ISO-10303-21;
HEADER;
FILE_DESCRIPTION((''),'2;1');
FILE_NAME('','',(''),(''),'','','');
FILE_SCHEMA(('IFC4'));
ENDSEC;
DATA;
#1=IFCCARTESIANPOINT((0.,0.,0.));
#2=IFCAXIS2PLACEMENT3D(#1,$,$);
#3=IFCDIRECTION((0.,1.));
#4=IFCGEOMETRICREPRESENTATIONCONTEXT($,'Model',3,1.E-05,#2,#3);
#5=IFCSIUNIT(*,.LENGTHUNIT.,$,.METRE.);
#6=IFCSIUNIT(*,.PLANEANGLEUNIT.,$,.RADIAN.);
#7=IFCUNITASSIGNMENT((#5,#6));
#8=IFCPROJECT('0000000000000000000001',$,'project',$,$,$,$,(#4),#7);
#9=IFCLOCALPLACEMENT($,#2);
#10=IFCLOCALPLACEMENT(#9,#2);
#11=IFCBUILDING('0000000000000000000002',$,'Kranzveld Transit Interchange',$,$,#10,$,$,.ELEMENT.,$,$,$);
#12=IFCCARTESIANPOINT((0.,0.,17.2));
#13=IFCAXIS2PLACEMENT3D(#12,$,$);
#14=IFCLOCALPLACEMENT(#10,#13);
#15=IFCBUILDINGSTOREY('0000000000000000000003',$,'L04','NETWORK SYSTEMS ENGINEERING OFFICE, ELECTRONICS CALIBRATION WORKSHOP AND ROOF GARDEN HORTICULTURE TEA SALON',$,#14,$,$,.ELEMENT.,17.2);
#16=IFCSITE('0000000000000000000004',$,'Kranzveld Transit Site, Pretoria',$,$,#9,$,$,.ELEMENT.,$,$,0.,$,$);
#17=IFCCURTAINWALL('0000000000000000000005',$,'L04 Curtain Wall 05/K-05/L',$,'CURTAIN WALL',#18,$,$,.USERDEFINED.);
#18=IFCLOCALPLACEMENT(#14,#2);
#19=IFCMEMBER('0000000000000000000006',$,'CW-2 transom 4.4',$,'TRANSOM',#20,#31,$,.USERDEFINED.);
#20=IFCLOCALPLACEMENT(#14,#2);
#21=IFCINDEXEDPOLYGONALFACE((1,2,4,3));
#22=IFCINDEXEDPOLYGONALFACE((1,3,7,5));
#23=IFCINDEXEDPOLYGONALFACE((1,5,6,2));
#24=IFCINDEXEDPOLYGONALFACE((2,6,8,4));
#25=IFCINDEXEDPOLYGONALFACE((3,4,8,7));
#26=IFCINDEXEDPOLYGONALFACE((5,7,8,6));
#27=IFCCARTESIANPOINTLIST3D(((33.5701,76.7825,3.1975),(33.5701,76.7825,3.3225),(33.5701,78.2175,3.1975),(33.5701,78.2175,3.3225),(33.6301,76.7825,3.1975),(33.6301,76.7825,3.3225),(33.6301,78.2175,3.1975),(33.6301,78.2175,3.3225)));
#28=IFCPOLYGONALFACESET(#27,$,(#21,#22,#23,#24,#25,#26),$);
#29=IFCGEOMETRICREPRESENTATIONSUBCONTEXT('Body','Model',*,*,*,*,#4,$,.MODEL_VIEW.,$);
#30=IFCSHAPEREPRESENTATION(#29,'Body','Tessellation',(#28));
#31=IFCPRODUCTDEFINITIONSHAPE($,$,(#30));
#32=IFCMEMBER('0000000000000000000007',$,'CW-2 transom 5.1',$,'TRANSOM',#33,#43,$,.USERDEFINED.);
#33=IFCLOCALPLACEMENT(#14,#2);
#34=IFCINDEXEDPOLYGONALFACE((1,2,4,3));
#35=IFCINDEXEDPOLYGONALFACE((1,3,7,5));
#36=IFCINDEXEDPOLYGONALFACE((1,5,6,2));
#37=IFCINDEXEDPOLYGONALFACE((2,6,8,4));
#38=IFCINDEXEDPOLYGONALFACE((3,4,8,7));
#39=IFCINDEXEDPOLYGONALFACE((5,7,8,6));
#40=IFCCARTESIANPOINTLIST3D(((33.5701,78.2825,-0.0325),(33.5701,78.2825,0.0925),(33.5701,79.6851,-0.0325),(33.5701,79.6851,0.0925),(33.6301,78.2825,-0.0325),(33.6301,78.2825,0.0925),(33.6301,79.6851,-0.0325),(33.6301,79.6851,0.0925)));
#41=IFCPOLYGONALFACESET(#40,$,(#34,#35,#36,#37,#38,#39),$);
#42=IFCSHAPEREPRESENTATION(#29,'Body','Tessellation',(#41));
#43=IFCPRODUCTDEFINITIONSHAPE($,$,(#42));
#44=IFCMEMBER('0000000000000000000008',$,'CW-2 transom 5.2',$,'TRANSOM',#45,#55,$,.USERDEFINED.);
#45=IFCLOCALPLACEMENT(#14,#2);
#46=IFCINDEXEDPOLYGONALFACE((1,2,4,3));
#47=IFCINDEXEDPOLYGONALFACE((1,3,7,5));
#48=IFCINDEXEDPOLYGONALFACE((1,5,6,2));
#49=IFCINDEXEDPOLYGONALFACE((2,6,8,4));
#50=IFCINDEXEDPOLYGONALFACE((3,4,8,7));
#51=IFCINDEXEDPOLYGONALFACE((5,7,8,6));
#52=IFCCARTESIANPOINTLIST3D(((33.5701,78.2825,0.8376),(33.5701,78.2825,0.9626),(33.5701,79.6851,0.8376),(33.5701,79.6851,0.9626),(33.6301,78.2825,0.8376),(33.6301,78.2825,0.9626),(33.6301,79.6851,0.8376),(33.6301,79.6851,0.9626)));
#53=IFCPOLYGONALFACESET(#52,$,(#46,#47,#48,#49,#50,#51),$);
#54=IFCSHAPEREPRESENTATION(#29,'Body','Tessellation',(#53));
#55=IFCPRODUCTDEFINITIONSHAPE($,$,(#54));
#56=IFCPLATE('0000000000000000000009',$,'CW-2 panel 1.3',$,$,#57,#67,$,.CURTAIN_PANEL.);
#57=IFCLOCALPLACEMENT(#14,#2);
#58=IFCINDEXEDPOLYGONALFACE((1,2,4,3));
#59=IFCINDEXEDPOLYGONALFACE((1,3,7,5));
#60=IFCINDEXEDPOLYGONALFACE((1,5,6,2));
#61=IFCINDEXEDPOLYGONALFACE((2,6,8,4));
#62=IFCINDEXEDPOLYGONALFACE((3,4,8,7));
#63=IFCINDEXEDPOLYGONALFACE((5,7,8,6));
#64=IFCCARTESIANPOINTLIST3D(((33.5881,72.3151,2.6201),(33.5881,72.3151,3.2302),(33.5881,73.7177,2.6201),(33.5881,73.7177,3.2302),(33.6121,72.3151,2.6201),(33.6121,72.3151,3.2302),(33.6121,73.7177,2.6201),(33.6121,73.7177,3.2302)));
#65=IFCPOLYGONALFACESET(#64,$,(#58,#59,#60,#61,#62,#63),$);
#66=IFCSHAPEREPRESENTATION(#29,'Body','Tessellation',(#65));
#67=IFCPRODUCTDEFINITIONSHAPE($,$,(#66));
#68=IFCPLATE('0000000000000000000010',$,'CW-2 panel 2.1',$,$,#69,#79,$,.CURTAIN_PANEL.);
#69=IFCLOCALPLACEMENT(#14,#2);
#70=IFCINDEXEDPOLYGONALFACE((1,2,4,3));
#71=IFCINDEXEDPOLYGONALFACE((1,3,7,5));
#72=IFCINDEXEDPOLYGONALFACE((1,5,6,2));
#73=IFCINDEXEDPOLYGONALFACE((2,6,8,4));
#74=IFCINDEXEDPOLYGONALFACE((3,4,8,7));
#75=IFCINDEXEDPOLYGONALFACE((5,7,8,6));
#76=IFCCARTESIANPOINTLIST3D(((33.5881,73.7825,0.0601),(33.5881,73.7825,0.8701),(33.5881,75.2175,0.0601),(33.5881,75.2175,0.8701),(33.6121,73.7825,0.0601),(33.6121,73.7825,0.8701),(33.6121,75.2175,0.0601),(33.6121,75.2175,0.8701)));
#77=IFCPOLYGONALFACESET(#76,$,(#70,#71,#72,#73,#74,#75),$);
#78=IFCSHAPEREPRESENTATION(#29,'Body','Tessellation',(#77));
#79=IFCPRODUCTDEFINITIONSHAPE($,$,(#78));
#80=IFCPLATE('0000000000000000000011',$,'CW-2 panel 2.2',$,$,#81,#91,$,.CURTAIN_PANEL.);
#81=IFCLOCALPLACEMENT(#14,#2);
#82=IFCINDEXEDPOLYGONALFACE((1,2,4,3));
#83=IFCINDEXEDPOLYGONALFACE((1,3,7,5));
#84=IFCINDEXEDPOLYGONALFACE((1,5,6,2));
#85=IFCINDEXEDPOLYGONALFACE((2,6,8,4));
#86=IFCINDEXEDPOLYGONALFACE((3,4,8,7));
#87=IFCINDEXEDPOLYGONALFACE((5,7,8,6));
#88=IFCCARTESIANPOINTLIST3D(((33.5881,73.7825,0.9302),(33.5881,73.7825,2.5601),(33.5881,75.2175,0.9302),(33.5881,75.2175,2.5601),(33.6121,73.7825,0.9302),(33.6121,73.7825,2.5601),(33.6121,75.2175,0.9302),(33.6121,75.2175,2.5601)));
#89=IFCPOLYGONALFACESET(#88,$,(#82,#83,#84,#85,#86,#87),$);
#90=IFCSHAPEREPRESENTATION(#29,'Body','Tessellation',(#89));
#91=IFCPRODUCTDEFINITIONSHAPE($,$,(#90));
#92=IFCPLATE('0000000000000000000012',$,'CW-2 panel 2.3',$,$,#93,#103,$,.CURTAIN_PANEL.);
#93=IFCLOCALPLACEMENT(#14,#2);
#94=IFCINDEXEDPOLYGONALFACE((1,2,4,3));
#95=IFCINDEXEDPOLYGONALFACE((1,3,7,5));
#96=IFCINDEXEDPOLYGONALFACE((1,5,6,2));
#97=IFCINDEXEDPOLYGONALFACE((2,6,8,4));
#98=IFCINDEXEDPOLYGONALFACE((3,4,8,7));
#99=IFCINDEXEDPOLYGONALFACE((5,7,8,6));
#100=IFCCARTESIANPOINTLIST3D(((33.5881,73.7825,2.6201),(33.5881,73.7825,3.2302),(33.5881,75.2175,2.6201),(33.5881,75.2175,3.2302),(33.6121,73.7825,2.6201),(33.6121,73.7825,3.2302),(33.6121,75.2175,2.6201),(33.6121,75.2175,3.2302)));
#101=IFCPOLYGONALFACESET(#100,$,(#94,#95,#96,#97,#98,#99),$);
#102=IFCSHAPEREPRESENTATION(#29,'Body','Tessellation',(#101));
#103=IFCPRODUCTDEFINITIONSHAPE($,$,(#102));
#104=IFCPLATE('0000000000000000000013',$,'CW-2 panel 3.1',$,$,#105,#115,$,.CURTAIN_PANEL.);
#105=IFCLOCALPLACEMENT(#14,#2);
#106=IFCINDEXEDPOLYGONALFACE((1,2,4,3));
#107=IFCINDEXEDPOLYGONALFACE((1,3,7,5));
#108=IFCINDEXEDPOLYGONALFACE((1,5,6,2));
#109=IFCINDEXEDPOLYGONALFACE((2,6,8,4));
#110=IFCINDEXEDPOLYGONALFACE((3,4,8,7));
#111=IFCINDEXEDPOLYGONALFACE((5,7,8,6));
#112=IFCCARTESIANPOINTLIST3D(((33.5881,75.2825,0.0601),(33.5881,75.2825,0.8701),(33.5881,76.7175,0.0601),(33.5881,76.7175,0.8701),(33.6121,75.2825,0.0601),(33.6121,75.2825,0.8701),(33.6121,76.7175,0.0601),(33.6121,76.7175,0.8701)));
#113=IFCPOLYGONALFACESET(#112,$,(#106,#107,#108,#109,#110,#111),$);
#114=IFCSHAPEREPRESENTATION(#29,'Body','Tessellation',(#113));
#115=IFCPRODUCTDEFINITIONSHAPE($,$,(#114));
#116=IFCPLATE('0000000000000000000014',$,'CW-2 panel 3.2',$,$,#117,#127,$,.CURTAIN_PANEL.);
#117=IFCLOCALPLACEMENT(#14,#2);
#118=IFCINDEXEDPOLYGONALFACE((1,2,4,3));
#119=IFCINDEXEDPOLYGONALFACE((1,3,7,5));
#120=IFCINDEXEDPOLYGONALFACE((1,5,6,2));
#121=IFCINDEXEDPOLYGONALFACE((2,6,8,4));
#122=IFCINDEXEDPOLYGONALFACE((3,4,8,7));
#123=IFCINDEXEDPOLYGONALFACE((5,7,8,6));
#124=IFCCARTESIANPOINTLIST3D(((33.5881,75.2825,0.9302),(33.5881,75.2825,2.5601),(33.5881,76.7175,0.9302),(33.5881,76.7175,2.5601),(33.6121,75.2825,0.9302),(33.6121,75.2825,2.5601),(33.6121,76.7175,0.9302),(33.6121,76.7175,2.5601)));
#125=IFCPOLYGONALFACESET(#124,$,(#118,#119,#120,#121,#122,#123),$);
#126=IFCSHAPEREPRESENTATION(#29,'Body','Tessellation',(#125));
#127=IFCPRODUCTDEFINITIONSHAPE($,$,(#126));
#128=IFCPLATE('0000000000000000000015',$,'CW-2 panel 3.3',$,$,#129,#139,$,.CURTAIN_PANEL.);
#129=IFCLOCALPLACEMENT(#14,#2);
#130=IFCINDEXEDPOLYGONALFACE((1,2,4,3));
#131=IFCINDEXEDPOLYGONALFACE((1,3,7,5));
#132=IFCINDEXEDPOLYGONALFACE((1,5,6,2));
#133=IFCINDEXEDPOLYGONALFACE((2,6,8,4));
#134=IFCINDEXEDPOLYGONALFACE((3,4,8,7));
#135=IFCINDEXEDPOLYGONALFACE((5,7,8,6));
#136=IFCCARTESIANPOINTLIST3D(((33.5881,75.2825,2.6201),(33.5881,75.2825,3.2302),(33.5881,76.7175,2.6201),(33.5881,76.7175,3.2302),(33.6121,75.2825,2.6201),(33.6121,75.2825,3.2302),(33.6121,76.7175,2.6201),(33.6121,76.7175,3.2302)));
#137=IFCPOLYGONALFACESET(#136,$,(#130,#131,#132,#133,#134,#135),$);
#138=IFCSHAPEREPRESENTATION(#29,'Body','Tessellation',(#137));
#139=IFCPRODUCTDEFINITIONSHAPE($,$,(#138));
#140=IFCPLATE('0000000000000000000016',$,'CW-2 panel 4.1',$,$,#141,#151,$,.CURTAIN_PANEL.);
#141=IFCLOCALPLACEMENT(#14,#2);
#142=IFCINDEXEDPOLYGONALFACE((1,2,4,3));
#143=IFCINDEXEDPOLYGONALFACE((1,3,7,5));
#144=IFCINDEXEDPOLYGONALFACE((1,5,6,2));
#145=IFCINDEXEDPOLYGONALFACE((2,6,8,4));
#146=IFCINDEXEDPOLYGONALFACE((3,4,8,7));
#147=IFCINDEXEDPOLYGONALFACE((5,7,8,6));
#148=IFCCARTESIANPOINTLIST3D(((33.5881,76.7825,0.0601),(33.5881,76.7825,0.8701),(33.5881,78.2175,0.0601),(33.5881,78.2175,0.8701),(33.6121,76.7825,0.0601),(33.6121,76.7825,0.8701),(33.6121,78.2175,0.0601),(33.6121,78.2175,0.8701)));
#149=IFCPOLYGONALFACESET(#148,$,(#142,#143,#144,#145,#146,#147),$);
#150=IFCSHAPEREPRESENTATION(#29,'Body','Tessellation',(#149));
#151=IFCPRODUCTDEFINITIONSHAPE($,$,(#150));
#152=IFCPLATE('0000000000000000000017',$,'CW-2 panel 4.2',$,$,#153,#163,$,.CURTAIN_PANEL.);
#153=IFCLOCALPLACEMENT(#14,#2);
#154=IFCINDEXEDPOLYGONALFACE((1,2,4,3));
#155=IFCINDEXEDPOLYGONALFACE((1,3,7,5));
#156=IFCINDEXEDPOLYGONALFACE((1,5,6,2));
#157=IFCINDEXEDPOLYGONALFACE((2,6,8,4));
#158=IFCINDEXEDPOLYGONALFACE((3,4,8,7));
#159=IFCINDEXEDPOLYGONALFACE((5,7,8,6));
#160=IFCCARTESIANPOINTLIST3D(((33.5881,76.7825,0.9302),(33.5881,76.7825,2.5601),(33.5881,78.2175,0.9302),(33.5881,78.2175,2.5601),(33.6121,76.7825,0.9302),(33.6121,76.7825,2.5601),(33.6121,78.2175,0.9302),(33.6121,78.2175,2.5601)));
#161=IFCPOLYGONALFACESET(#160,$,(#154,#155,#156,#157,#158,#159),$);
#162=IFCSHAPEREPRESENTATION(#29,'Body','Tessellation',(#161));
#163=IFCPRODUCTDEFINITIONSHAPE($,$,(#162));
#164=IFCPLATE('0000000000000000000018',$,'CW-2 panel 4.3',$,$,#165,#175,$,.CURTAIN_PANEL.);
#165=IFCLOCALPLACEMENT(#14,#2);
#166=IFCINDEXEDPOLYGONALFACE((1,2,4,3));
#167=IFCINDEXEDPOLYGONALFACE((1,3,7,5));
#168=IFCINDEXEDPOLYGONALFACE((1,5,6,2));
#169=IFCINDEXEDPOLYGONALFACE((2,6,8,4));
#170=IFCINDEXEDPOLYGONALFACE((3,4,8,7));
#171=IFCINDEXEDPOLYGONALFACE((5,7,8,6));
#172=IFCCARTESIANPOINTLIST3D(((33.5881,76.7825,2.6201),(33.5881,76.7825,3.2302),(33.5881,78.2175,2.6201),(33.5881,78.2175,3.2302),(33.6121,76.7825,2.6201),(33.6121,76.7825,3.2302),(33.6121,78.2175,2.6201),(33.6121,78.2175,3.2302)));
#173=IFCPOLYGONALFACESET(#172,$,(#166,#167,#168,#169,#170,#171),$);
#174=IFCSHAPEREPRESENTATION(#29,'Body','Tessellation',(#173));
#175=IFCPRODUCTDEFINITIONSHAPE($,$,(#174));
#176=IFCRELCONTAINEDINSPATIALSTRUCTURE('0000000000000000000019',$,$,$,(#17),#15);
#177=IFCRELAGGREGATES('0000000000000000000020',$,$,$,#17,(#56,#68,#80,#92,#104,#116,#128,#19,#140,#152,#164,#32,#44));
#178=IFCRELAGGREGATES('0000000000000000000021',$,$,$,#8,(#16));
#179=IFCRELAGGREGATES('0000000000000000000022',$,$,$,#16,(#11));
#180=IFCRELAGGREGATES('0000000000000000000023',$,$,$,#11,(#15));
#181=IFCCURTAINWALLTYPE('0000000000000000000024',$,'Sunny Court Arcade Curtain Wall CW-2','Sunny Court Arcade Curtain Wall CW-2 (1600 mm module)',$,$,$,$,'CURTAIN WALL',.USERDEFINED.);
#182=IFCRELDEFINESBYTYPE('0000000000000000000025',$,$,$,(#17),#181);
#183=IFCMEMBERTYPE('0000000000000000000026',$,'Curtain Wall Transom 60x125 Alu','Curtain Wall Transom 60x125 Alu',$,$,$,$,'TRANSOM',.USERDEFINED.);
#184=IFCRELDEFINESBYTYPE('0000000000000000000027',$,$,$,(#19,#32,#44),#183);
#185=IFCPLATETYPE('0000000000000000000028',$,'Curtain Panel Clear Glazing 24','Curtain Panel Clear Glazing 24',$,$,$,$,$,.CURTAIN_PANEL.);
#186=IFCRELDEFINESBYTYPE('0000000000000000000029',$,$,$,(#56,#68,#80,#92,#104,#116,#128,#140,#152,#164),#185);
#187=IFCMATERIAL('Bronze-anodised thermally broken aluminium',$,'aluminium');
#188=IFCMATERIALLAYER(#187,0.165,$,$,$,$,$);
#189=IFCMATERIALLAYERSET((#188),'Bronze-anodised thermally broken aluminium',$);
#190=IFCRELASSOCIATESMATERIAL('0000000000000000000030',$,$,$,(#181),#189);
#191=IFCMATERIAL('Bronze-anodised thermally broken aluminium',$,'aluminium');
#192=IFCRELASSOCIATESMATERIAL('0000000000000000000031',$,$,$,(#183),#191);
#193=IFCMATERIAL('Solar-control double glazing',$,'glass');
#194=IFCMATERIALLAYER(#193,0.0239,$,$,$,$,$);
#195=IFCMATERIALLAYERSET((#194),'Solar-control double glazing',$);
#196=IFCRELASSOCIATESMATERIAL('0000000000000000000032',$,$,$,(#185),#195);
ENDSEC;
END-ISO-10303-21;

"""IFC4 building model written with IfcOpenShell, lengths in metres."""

from ifc_helpers import new_model, si_unit, direction, frame, origin, origin_2d, place, context, subcontext, project, spatial, rectangle, extrude, material, layer, layer_set, material_profile, profile_set, type_object, element, aggregate, save


model = new_model("IFC4")

# Units and contexts
model_context = context("Model", 3, precision=1e-05, world=origin(), true_north=direction((0.0, 1.0)))
body_context = subcontext(model_context, "Body", "Model", "MODEL_VIEW")
ifc_project = project(units=[si_unit("LENGTHUNIT", "METRE"), si_unit("PLANEANGLEUNIT", "RADIAN")], contexts=[model_context])

# Site, building, storey
site_placement = place(None, origin())
site = spatial("IfcSite", under=ifc_project, at=site_placement, Name="Kranzveld Transit Site, Pretoria", CompositionType="ELEMENT", RefElevation=0.0)
building_placement = place(site_placement, origin())
building = spatial("IfcBuilding", under=site, at=building_placement, Name="Kranzveld Transit Interchange", CompositionType="ELEMENT")
storey_placement = place(building_placement, frame((0.0, 0.0, 17.2)))
storey = spatial("IfcBuildingStorey", under=building, at=storey_placement, Name="L04", Description="NETWORK SYSTEMS ENGINEERING OFFICE, ELECTRONICS CALIBRATION WORKSHOP AND ROOF GARDEN HORTICULTURE TEA SALON", CompositionType="ELEMENT", Elevation=17.2)

# Curtain wall, members, plates
ifc_material_1 = material(Name="Bronze-anodised thermally broken aluminium", Category="aluminium")
ifc_layer_1 = layer(ifc_material_1, 0.165)
ifc_layer_set_1 = layer_set([ifc_layer_1], Name="Bronze-anodised thermally broken aluminium")
curtain_wall_type = type_object("IfcCurtainWallType", Name="Sunny Court Arcade Curtain Wall CW-2", Description="Sunny Court Arcade Curtain Wall CW-2 (1600 mm module)", ElementType="CURTAIN WALL", PredefinedType="USERDEFINED", material=ifc_layer_set_1)
curtain_wall_placement = place(storey_placement, origin())
curtain_wall = element("IfcCurtainWall", 1, at=curtain_wall_placement, inside=storey, type_object=curtain_wall_type, Name="L04 Curtain Wall 05/K-05/L", ObjectType="CURTAIN WALL", PredefinedType="USERDEFINED")
ifc_material_2 = material(Name="Bronze-anodised thermally broken aluminium", Category="aluminium")
ifc_material_profile_1 = material_profile(ifc_material_2, rectangle(XDim=0.0601, YDim=0.125, at=origin_2d()), Name="ALU TRANSOM 60x125")
ifc_profile_set_1 = profile_set([ifc_material_profile_1], Name="Bronze-anodised thermally broken aluminium")
member_type_1 = type_object("IfcMemberType", Name="Curtain Wall Transom 60x125 Alu", Description="Curtain Wall Transom 60x125 Alu", ElementType="TRANSOM", PredefinedType="USERDEFINED", material=ifc_profile_set_1)
member_1_placement = place(storey_placement, frame((33.6001, 76.7825, 3.26), z_axis=(0.0, 1.0, 0.0), x_axis=(-1.0, 0.0, 0.0)))
member_1 = element("IfcMember", 2, at=member_1_placement, type_object=member_type_1, Name="CW-2 transom 4.4", ObjectType="TRANSOM", PredefinedType="USERDEFINED", context=body_context, shape_type="SweptSolid", body=[
    extrude(rectangle(XDim=0.0601, YDim=0.125, at=origin_2d()), origin(), (0.0, 0.0, 1.0), 1.4351),
])
member_2_placement = place(storey_placement, frame((33.6001, 78.2825, 0.03), z_axis=(0.0, 1.0, 0.0), x_axis=(-1.0, 0.0, 0.0)))
member_2 = element("IfcMember", 3, at=member_2_placement, type_object=member_type_1, Name="CW-2 transom 5.1", ObjectType="TRANSOM", PredefinedType="USERDEFINED", context=body_context, shape_type="SweptSolid", body=[
    extrude(rectangle(XDim=0.0601, YDim=0.125, at=origin_2d()), origin(), (0.0, 0.0, 1.0), 1.4026),
])
member_3_placement = place(storey_placement, frame((33.6001, 78.2825, 0.9001), z_axis=(0.0, 1.0, 0.0), x_axis=(-1.0, 0.0, 0.0)))
member_3 = element("IfcMember", 4, at=member_3_placement, type_object=member_type_1, Name="CW-2 transom 5.2", ObjectType="TRANSOM", PredefinedType="USERDEFINED", context=body_context, shape_type="SweptSolid", body=[
    extrude(rectangle(XDim=0.0601, YDim=0.125, at=origin_2d()), origin(), (0.0, 0.0, 1.0), 1.4026),
])
ifc_material_3 = material(Name="Solar-control double glazing", Category="glass")
ifc_layer_2 = layer(ifc_material_3, 0.0239)
ifc_layer_set_2 = layer_set([ifc_layer_2], Name="Solar-control double glazing")
plate_type = type_object("IfcPlateType", Name="Curtain Panel Clear Glazing 24", Description="Curtain Panel Clear Glazing 24", PredefinedType="CURTAIN_PANEL", material=ifc_layer_set_2)
plate_1_placement = place(storey_placement, frame((33.6001, 73.0164, 2.6201), z_axis=(0.0, 0.0, 1.0), x_axis=(0.0, 1.0, 0.0)))
plate_1 = element("IfcPlate", 5, at=plate_1_placement, type_object=plate_type, Name="CW-2 panel 1.3", PredefinedType="CURTAIN_PANEL", context=body_context, shape_type="SweptSolid", body=[
    extrude(rectangle(XDim=1.4026, YDim=0.0239, at=origin_2d()), origin(), (0.0, 0.0, 1.0), 0.6101),
])
plate_2_placement = place(storey_placement, frame((33.6001, 74.5, 0.0601), z_axis=(0.0, 0.0, 1.0), x_axis=(0.0, 1.0, 0.0)))
plate_2 = element("IfcPlate", 6, at=plate_2_placement, type_object=plate_type, Name="CW-2 panel 2.1", PredefinedType="CURTAIN_PANEL", context=body_context, shape_type="SweptSolid", body=[
    extrude(rectangle(XDim=1.4351, YDim=0.0239, at=origin_2d()), origin(), (0.0, 0.0, 1.0), 0.8101),
])
plate_3_placement = place(storey_placement, frame((33.6001, 74.5, 0.9302), z_axis=(0.0, 0.0, 1.0), x_axis=(0.0, 1.0, 0.0)))
plate_3 = element("IfcPlate", 7, at=plate_3_placement, type_object=plate_type, Name="CW-2 panel 2.2", PredefinedType="CURTAIN_PANEL", context=body_context, shape_type="SweptSolid", body=[
    extrude(rectangle(XDim=1.4351, YDim=0.0239, at=origin_2d()), origin(), (0.0, 0.0, 1.0), 1.6299),
])
plate_4_placement = place(storey_placement, frame((33.6001, 74.5, 2.6201), z_axis=(0.0, 0.0, 1.0), x_axis=(0.0, 1.0, 0.0)))
plate_4 = element("IfcPlate", 8, at=plate_4_placement, type_object=plate_type, Name="CW-2 panel 2.3", PredefinedType="CURTAIN_PANEL", context=body_context, shape_type="SweptSolid", body=[
    extrude(rectangle(XDim=1.4351, YDim=0.0239, at=origin_2d()), origin(), (0.0, 0.0, 1.0), 0.6101),
])
plate_5_placement = place(storey_placement, frame((33.6001, 76.0, 0.0601), z_axis=(0.0, 0.0, 1.0), x_axis=(0.0, 1.0, 0.0)))
plate_5 = element("IfcPlate", 9, at=plate_5_placement, type_object=plate_type, Name="CW-2 panel 3.1", PredefinedType="CURTAIN_PANEL", context=body_context, shape_type="SweptSolid", body=[
    extrude(rectangle(XDim=1.4351, YDim=0.0239, at=origin_2d()), origin(), (0.0, 0.0, 1.0), 0.8101),
])
plate_6_placement = place(storey_placement, frame((33.6001, 76.0, 0.9302), z_axis=(0.0, 0.0, 1.0), x_axis=(0.0, 1.0, 0.0)))
plate_6 = element("IfcPlate", 10, at=plate_6_placement, type_object=plate_type, Name="CW-2 panel 3.2", PredefinedType="CURTAIN_PANEL", context=body_context, shape_type="SweptSolid", body=[
    extrude(rectangle(XDim=1.4351, YDim=0.0239, at=origin_2d()), origin(), (0.0, 0.0, 1.0), 1.6299),
])
plate_7_placement = place(storey_placement, frame((33.6001, 76.0, 2.6201), z_axis=(0.0, 0.0, 1.0), x_axis=(0.0, 1.0, 0.0)))
plate_7 = element("IfcPlate", 11, at=plate_7_placement, type_object=plate_type, Name="CW-2 panel 3.3", PredefinedType="CURTAIN_PANEL", context=body_context, shape_type="SweptSolid", body=[
    extrude(rectangle(XDim=1.4351, YDim=0.0239, at=origin_2d()), origin(), (0.0, 0.0, 1.0), 0.6101),
])
plate_8_placement = place(storey_placement, frame((33.6001, 77.5, 0.0601), z_axis=(0.0, 0.0, 1.0), x_axis=(0.0, 1.0, 0.0)))
plate_8 = element("IfcPlate", 12, at=plate_8_placement, type_object=plate_type, Name="CW-2 panel 4.1", PredefinedType="CURTAIN_PANEL", context=body_context, shape_type="SweptSolid", body=[
    extrude(rectangle(XDim=1.4351, YDim=0.0239, at=origin_2d()), origin(), (0.0, 0.0, 1.0), 0.8101),
])
plate_9_placement = place(storey_placement, frame((33.6001, 77.5, 0.9302), z_axis=(0.0, 0.0, 1.0), x_axis=(0.0, 1.0, 0.0)))
plate_9 = element("IfcPlate", 13, at=plate_9_placement, type_object=plate_type, Name="CW-2 panel 4.2", PredefinedType="CURTAIN_PANEL", context=body_context, shape_type="SweptSolid", body=[
    extrude(rectangle(XDim=1.4351, YDim=0.0239, at=origin_2d()), origin(), (0.0, 0.0, 1.0), 1.6299),
])
plate_10_placement = place(storey_placement, frame((33.6001, 77.5, 2.6201), z_axis=(0.0, 0.0, 1.0), x_axis=(0.0, 1.0, 0.0)))
plate_10 = element("IfcPlate", 14, at=plate_10_placement, type_object=plate_type, Name="CW-2 panel 4.3", PredefinedType="CURTAIN_PANEL", context=body_context, shape_type="SweptSolid", body=[
    extrude(rectangle(XDim=1.4351, YDim=0.0239, at=origin_2d()), origin(), (0.0, 0.0, 1.0), 0.6101),
])
aggregate(curtain_wall, [plate_1, plate_2, plate_3, plate_4, plate_5, plate_6, plate_7, member_1, plate_8, plate_9, plate_10, member_2, member_3])

save(model, "model.ifc")
